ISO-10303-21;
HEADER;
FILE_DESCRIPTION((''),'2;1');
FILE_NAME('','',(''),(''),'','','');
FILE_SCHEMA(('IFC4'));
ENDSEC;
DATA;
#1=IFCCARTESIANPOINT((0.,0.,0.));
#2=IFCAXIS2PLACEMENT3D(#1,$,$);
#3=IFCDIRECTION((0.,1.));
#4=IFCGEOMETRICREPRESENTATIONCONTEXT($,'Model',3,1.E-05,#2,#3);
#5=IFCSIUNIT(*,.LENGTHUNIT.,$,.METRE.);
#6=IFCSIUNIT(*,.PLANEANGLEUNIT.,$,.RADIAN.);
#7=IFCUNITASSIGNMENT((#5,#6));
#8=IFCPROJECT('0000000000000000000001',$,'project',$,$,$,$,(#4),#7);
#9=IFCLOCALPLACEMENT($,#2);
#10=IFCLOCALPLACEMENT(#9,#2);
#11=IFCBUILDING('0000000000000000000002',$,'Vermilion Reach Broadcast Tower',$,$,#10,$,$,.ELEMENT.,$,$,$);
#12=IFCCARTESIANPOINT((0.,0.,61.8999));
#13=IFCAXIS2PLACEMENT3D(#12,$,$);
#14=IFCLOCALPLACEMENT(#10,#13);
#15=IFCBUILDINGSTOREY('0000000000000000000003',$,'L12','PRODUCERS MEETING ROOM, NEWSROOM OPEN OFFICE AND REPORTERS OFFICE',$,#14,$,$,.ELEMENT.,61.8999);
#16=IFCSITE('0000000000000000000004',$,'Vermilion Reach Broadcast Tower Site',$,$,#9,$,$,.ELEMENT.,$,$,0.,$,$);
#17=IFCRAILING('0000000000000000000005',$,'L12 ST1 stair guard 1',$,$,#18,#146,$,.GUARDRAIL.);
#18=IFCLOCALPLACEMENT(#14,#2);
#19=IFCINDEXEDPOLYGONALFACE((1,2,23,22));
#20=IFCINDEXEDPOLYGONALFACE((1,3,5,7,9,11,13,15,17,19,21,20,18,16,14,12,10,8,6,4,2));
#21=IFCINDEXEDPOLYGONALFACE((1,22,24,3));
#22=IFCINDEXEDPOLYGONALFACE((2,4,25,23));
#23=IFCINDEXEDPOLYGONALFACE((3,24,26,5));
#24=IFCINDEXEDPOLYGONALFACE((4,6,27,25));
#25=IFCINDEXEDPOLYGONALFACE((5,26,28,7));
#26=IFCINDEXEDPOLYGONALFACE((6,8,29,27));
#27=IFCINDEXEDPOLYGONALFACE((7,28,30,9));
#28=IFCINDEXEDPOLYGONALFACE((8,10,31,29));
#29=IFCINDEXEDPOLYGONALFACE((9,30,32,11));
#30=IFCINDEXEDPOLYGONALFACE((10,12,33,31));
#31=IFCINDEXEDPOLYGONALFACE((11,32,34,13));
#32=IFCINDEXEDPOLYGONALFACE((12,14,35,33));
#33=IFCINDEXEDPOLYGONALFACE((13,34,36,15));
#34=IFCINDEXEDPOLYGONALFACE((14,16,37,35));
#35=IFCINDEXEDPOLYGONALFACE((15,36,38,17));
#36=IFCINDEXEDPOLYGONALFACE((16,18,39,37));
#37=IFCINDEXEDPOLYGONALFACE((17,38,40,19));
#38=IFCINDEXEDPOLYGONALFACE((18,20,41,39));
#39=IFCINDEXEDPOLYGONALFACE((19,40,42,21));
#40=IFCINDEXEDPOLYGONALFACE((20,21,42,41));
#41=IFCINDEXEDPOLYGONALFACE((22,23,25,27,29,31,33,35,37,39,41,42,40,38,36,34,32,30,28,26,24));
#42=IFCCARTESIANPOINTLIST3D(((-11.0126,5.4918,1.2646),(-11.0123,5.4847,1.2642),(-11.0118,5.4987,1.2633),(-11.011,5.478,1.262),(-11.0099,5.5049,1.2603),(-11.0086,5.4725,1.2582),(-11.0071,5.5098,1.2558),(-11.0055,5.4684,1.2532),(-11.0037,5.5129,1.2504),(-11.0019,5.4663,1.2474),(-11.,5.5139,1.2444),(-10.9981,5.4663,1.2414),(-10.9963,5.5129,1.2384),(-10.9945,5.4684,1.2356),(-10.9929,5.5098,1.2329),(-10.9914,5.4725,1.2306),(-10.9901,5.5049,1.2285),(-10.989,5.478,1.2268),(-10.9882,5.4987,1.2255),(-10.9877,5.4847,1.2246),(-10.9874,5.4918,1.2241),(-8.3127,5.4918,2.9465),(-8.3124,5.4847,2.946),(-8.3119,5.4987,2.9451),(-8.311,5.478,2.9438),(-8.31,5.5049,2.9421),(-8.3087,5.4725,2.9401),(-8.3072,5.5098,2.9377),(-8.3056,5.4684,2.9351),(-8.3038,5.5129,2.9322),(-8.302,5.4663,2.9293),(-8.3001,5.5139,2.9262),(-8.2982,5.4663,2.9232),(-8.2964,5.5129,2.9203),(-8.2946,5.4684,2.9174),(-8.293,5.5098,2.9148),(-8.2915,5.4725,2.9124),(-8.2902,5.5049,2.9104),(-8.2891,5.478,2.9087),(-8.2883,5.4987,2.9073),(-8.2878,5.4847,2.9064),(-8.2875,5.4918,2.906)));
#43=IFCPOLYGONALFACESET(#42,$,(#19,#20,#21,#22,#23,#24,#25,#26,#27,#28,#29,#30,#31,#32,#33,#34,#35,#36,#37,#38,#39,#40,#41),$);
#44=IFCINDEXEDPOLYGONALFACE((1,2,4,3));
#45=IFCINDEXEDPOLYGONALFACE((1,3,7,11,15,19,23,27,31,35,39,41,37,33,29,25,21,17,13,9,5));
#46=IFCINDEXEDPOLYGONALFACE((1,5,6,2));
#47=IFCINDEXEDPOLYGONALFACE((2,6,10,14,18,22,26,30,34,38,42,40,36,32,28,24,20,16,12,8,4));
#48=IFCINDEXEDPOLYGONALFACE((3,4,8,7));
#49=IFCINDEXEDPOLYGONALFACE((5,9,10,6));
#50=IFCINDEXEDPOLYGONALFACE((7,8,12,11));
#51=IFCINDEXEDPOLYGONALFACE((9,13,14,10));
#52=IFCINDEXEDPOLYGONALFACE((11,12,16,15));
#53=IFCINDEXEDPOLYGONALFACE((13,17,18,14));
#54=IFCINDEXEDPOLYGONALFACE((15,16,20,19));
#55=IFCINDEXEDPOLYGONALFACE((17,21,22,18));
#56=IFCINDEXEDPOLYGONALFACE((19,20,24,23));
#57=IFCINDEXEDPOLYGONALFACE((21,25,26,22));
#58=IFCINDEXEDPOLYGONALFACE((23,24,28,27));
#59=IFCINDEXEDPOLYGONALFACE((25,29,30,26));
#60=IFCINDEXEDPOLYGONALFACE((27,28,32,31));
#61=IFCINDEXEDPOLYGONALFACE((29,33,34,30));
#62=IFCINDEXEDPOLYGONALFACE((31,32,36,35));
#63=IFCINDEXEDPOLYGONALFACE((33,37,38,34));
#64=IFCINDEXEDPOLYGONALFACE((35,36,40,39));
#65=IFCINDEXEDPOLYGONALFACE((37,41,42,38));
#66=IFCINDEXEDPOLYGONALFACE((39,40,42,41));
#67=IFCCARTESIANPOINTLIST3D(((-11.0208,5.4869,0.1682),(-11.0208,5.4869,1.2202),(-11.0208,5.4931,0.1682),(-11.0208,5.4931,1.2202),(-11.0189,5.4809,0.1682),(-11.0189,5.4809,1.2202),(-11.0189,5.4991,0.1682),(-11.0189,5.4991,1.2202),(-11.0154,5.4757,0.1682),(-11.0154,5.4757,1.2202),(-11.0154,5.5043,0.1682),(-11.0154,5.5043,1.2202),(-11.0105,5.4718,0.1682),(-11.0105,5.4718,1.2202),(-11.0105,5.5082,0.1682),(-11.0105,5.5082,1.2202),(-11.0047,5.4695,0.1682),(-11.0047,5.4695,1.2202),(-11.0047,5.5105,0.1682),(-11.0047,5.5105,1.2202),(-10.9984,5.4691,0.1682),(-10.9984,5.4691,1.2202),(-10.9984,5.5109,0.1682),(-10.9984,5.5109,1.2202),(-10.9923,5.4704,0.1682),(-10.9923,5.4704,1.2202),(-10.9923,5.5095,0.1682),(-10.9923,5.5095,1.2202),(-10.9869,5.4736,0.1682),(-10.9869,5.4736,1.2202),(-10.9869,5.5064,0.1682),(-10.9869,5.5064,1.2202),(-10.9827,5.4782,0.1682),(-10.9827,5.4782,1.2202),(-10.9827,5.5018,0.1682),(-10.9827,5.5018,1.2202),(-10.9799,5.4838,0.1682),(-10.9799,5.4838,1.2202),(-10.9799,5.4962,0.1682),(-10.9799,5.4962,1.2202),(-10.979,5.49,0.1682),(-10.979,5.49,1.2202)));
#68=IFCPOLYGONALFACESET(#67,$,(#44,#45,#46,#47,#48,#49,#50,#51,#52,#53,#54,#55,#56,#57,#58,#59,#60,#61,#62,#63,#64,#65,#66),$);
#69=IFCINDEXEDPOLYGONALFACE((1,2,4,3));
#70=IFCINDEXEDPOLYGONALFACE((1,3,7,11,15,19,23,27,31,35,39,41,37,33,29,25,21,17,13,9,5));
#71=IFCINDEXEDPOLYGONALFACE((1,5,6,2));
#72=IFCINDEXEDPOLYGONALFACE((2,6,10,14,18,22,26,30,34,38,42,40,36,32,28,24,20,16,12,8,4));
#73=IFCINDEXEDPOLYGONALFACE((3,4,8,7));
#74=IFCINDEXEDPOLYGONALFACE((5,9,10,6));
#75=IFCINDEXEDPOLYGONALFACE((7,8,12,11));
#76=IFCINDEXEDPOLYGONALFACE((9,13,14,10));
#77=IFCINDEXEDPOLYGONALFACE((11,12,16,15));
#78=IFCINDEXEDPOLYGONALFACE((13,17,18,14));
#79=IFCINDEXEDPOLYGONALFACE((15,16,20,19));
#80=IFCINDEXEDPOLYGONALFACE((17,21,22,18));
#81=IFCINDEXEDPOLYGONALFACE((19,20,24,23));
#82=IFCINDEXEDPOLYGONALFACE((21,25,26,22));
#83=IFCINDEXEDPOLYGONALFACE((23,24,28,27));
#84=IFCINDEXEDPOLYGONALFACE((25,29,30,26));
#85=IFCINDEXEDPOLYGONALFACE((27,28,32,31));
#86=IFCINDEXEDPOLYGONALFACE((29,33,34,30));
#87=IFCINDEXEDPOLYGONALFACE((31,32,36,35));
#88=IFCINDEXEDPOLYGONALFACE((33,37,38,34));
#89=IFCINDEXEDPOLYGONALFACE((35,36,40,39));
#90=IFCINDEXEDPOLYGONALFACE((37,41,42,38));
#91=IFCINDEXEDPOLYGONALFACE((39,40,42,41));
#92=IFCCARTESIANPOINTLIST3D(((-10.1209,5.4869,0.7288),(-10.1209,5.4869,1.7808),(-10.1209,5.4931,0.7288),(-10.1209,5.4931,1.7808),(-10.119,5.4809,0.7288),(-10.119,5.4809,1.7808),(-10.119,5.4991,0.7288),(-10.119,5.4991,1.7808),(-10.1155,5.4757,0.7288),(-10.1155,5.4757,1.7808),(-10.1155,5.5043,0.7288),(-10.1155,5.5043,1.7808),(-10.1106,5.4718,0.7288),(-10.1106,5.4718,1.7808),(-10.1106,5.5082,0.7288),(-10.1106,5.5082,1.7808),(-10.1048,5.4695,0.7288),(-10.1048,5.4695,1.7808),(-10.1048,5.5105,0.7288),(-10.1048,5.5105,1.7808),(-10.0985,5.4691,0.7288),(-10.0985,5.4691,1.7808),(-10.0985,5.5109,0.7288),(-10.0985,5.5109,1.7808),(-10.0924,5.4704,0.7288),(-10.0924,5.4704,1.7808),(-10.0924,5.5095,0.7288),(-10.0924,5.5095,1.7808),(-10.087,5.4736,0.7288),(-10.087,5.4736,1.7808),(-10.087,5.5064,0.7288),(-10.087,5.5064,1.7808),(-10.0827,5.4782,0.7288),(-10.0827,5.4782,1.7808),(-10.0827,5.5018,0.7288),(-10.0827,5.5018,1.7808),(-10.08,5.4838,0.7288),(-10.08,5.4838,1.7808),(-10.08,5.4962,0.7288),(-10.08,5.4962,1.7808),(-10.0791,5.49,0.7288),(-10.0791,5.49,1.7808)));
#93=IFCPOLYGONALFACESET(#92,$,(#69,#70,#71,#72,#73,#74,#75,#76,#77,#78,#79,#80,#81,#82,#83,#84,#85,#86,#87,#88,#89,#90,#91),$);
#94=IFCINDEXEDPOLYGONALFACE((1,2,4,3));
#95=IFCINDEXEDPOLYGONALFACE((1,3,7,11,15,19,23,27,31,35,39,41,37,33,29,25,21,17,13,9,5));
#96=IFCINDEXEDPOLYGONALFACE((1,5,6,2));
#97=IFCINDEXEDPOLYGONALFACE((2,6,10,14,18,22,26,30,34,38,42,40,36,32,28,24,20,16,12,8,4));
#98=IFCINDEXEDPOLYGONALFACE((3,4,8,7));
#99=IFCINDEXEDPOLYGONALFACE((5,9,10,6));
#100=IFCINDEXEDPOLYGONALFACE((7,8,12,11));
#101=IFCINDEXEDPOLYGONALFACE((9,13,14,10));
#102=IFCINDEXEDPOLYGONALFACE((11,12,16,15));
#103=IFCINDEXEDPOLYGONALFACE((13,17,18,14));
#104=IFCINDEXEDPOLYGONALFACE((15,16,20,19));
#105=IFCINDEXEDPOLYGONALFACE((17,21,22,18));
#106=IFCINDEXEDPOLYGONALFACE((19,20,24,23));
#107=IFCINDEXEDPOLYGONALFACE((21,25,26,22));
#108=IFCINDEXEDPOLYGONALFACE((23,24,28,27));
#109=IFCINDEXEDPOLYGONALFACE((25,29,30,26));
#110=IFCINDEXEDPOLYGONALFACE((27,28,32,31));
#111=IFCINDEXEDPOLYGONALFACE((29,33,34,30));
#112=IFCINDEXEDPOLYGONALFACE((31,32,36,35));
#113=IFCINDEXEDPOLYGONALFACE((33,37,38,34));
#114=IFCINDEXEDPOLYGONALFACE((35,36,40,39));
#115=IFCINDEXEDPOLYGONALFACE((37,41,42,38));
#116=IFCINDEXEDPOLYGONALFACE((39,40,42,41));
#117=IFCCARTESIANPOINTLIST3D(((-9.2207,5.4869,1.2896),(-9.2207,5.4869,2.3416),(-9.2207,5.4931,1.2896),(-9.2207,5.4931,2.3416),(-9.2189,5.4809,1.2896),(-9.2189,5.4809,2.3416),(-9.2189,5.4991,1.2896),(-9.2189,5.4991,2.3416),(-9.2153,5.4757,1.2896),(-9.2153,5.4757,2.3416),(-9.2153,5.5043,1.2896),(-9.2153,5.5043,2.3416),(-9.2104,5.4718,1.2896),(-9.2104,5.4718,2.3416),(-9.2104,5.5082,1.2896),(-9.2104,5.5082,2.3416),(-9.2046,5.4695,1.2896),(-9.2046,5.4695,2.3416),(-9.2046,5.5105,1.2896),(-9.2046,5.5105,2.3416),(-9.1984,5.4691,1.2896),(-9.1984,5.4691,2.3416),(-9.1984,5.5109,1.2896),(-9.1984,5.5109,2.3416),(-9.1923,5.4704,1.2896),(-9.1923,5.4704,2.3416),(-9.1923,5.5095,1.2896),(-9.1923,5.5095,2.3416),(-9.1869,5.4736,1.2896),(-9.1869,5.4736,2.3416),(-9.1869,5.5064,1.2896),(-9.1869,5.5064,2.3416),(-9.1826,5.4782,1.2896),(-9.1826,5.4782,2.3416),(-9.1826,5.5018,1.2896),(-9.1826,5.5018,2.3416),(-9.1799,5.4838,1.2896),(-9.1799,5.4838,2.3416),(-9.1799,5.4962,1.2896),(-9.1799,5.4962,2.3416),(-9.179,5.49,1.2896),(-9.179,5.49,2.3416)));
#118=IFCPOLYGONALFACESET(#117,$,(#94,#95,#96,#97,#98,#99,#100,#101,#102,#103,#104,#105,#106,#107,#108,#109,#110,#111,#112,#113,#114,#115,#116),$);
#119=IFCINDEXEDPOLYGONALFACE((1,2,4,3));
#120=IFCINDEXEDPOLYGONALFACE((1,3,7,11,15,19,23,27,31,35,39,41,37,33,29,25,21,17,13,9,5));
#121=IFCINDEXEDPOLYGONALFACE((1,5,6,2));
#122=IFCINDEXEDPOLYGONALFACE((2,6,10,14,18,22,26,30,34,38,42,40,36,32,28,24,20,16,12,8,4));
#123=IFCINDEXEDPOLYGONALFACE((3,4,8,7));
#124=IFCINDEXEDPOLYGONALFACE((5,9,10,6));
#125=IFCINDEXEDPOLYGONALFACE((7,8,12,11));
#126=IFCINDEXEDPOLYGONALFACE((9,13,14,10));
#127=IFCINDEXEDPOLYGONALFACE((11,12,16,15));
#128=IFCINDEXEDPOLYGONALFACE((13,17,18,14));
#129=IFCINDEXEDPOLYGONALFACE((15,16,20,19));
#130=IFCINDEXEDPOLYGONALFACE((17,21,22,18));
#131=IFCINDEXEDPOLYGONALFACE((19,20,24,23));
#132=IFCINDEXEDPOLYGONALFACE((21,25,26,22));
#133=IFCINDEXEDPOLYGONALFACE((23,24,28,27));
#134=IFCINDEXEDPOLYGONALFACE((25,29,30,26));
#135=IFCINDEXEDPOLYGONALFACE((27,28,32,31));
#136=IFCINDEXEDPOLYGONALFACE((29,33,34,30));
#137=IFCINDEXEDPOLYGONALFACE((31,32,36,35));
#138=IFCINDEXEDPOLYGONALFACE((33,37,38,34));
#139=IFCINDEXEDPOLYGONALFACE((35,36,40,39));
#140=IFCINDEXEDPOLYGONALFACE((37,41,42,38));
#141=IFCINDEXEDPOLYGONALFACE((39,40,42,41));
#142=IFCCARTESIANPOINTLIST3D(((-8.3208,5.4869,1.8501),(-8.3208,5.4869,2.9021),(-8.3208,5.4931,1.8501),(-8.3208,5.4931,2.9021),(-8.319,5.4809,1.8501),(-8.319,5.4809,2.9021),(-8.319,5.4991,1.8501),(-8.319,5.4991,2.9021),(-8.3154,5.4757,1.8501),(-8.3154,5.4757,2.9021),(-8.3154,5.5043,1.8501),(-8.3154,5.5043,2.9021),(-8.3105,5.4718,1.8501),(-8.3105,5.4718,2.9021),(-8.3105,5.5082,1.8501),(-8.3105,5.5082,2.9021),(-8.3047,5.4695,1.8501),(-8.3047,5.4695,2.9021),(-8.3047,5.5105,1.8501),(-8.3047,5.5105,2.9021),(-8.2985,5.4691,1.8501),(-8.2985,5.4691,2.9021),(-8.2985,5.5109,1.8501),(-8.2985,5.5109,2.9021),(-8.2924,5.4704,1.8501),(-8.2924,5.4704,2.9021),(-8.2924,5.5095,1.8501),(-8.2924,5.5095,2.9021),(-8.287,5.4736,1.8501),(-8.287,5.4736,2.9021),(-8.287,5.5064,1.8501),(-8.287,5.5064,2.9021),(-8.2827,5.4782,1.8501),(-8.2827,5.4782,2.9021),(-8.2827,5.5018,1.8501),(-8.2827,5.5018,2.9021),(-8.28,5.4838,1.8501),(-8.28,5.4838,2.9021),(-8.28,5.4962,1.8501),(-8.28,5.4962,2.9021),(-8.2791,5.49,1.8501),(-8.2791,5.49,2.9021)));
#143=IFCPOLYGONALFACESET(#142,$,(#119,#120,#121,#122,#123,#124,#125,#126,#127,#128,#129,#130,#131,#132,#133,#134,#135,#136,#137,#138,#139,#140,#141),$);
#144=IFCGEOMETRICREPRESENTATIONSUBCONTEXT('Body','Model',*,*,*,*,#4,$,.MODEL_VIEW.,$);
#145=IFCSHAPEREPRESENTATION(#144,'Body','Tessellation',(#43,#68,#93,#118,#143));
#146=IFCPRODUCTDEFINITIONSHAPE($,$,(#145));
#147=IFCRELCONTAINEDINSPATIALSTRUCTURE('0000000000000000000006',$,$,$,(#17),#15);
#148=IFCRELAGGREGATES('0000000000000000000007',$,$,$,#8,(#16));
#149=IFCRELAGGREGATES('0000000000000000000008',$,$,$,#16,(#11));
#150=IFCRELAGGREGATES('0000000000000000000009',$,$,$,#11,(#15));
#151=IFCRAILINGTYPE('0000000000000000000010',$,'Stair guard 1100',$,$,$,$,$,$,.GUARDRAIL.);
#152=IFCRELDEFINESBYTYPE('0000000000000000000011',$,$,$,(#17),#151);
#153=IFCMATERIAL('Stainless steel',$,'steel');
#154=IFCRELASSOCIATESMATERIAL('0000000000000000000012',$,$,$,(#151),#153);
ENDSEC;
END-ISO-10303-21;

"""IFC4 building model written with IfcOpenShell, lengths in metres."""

from ifc_helpers import new_model, si_unit, direction, frame, origin, origin_2d, place, context, subcontext, project, spatial, circle, extrude, material, type_object, element, save


model = new_model("IFC4")

# Units and contexts
model_context = context("Model", 3, precision=1e-05, world=origin(), true_north=direction((0.0, 1.0)))
body_context = subcontext(model_context, "Body", "Model", "MODEL_VIEW")
ifc_project = project(units=[si_unit("LENGTHUNIT", "METRE"), si_unit("PLANEANGLEUNIT", "RADIAN")], contexts=[model_context])

# Site, building, storey
site_placement = place(None, origin())
site = spatial("IfcSite", under=ifc_project, at=site_placement, Name="Vermilion Reach Broadcast Tower Site", CompositionType="ELEMENT", RefElevation=0.0)
building_placement = place(site_placement, origin())
building = spatial("IfcBuilding", under=site, at=building_placement, Name="Vermilion Reach Broadcast Tower", CompositionType="ELEMENT")
storey_placement = place(building_placement, frame((0.0, 0.0, 61.8999)))
storey = spatial("IfcBuildingStorey", under=building, at=storey_placement, Name="L12", Description="PRODUCERS MEETING ROOM, NEWSROOM OPEN OFFICE AND REPORTERS OFFICE", CompositionType="ELEMENT", Elevation=61.8999)

# Railing
ifc_material_1 = material(Name="Stainless steel", Category="steel")
railing_type_1 = type_object("IfcRailingType", Name="Stair guard 1100", PredefinedType="GUARDRAIL", material=ifc_material_1)
railing_1_placement = place(storey_placement, frame((-11.0, 5.49, 0.1682)))
element("IfcRailing", 1, at=railing_1_placement, inside=storey, type_object=railing_type_1, Name="L12 ST1 stair guard 1", PredefinedType="GUARDRAIL", context=body_context, shape_type="SweptSolid", body=[
    extrude(circle(Radius=0.0239, at=origin_2d()), frame((0.0, 0.0, 1.0762), z_axis=(0.848786, 0.0, 0.528736), x_axis=(0.0, 1.0, 0.0)), (0.0, 0.0, 1.0), 3.1809),
    extrude(circle(Radius=0.021, at=origin_2d()), origin(), (0.0, 0.0, 1.0), 1.052),
    extrude(circle(Radius=0.021, at=origin_2d()), frame((0.8999, 0.0, 0.5605)), (0.0, 0.0, 1.0), 1.052),
    extrude(circle(Radius=0.021, at=origin_2d()), frame((1.8, 0.0, 1.1213)), (0.0, 0.0, 1.0), 1.052),
    extrude(circle(Radius=0.021, at=origin_2d()), frame((2.7, 0.0, 1.6819)), (0.0, 0.0, 1.0), 1.052),
])

save(model, "model.ifc")
